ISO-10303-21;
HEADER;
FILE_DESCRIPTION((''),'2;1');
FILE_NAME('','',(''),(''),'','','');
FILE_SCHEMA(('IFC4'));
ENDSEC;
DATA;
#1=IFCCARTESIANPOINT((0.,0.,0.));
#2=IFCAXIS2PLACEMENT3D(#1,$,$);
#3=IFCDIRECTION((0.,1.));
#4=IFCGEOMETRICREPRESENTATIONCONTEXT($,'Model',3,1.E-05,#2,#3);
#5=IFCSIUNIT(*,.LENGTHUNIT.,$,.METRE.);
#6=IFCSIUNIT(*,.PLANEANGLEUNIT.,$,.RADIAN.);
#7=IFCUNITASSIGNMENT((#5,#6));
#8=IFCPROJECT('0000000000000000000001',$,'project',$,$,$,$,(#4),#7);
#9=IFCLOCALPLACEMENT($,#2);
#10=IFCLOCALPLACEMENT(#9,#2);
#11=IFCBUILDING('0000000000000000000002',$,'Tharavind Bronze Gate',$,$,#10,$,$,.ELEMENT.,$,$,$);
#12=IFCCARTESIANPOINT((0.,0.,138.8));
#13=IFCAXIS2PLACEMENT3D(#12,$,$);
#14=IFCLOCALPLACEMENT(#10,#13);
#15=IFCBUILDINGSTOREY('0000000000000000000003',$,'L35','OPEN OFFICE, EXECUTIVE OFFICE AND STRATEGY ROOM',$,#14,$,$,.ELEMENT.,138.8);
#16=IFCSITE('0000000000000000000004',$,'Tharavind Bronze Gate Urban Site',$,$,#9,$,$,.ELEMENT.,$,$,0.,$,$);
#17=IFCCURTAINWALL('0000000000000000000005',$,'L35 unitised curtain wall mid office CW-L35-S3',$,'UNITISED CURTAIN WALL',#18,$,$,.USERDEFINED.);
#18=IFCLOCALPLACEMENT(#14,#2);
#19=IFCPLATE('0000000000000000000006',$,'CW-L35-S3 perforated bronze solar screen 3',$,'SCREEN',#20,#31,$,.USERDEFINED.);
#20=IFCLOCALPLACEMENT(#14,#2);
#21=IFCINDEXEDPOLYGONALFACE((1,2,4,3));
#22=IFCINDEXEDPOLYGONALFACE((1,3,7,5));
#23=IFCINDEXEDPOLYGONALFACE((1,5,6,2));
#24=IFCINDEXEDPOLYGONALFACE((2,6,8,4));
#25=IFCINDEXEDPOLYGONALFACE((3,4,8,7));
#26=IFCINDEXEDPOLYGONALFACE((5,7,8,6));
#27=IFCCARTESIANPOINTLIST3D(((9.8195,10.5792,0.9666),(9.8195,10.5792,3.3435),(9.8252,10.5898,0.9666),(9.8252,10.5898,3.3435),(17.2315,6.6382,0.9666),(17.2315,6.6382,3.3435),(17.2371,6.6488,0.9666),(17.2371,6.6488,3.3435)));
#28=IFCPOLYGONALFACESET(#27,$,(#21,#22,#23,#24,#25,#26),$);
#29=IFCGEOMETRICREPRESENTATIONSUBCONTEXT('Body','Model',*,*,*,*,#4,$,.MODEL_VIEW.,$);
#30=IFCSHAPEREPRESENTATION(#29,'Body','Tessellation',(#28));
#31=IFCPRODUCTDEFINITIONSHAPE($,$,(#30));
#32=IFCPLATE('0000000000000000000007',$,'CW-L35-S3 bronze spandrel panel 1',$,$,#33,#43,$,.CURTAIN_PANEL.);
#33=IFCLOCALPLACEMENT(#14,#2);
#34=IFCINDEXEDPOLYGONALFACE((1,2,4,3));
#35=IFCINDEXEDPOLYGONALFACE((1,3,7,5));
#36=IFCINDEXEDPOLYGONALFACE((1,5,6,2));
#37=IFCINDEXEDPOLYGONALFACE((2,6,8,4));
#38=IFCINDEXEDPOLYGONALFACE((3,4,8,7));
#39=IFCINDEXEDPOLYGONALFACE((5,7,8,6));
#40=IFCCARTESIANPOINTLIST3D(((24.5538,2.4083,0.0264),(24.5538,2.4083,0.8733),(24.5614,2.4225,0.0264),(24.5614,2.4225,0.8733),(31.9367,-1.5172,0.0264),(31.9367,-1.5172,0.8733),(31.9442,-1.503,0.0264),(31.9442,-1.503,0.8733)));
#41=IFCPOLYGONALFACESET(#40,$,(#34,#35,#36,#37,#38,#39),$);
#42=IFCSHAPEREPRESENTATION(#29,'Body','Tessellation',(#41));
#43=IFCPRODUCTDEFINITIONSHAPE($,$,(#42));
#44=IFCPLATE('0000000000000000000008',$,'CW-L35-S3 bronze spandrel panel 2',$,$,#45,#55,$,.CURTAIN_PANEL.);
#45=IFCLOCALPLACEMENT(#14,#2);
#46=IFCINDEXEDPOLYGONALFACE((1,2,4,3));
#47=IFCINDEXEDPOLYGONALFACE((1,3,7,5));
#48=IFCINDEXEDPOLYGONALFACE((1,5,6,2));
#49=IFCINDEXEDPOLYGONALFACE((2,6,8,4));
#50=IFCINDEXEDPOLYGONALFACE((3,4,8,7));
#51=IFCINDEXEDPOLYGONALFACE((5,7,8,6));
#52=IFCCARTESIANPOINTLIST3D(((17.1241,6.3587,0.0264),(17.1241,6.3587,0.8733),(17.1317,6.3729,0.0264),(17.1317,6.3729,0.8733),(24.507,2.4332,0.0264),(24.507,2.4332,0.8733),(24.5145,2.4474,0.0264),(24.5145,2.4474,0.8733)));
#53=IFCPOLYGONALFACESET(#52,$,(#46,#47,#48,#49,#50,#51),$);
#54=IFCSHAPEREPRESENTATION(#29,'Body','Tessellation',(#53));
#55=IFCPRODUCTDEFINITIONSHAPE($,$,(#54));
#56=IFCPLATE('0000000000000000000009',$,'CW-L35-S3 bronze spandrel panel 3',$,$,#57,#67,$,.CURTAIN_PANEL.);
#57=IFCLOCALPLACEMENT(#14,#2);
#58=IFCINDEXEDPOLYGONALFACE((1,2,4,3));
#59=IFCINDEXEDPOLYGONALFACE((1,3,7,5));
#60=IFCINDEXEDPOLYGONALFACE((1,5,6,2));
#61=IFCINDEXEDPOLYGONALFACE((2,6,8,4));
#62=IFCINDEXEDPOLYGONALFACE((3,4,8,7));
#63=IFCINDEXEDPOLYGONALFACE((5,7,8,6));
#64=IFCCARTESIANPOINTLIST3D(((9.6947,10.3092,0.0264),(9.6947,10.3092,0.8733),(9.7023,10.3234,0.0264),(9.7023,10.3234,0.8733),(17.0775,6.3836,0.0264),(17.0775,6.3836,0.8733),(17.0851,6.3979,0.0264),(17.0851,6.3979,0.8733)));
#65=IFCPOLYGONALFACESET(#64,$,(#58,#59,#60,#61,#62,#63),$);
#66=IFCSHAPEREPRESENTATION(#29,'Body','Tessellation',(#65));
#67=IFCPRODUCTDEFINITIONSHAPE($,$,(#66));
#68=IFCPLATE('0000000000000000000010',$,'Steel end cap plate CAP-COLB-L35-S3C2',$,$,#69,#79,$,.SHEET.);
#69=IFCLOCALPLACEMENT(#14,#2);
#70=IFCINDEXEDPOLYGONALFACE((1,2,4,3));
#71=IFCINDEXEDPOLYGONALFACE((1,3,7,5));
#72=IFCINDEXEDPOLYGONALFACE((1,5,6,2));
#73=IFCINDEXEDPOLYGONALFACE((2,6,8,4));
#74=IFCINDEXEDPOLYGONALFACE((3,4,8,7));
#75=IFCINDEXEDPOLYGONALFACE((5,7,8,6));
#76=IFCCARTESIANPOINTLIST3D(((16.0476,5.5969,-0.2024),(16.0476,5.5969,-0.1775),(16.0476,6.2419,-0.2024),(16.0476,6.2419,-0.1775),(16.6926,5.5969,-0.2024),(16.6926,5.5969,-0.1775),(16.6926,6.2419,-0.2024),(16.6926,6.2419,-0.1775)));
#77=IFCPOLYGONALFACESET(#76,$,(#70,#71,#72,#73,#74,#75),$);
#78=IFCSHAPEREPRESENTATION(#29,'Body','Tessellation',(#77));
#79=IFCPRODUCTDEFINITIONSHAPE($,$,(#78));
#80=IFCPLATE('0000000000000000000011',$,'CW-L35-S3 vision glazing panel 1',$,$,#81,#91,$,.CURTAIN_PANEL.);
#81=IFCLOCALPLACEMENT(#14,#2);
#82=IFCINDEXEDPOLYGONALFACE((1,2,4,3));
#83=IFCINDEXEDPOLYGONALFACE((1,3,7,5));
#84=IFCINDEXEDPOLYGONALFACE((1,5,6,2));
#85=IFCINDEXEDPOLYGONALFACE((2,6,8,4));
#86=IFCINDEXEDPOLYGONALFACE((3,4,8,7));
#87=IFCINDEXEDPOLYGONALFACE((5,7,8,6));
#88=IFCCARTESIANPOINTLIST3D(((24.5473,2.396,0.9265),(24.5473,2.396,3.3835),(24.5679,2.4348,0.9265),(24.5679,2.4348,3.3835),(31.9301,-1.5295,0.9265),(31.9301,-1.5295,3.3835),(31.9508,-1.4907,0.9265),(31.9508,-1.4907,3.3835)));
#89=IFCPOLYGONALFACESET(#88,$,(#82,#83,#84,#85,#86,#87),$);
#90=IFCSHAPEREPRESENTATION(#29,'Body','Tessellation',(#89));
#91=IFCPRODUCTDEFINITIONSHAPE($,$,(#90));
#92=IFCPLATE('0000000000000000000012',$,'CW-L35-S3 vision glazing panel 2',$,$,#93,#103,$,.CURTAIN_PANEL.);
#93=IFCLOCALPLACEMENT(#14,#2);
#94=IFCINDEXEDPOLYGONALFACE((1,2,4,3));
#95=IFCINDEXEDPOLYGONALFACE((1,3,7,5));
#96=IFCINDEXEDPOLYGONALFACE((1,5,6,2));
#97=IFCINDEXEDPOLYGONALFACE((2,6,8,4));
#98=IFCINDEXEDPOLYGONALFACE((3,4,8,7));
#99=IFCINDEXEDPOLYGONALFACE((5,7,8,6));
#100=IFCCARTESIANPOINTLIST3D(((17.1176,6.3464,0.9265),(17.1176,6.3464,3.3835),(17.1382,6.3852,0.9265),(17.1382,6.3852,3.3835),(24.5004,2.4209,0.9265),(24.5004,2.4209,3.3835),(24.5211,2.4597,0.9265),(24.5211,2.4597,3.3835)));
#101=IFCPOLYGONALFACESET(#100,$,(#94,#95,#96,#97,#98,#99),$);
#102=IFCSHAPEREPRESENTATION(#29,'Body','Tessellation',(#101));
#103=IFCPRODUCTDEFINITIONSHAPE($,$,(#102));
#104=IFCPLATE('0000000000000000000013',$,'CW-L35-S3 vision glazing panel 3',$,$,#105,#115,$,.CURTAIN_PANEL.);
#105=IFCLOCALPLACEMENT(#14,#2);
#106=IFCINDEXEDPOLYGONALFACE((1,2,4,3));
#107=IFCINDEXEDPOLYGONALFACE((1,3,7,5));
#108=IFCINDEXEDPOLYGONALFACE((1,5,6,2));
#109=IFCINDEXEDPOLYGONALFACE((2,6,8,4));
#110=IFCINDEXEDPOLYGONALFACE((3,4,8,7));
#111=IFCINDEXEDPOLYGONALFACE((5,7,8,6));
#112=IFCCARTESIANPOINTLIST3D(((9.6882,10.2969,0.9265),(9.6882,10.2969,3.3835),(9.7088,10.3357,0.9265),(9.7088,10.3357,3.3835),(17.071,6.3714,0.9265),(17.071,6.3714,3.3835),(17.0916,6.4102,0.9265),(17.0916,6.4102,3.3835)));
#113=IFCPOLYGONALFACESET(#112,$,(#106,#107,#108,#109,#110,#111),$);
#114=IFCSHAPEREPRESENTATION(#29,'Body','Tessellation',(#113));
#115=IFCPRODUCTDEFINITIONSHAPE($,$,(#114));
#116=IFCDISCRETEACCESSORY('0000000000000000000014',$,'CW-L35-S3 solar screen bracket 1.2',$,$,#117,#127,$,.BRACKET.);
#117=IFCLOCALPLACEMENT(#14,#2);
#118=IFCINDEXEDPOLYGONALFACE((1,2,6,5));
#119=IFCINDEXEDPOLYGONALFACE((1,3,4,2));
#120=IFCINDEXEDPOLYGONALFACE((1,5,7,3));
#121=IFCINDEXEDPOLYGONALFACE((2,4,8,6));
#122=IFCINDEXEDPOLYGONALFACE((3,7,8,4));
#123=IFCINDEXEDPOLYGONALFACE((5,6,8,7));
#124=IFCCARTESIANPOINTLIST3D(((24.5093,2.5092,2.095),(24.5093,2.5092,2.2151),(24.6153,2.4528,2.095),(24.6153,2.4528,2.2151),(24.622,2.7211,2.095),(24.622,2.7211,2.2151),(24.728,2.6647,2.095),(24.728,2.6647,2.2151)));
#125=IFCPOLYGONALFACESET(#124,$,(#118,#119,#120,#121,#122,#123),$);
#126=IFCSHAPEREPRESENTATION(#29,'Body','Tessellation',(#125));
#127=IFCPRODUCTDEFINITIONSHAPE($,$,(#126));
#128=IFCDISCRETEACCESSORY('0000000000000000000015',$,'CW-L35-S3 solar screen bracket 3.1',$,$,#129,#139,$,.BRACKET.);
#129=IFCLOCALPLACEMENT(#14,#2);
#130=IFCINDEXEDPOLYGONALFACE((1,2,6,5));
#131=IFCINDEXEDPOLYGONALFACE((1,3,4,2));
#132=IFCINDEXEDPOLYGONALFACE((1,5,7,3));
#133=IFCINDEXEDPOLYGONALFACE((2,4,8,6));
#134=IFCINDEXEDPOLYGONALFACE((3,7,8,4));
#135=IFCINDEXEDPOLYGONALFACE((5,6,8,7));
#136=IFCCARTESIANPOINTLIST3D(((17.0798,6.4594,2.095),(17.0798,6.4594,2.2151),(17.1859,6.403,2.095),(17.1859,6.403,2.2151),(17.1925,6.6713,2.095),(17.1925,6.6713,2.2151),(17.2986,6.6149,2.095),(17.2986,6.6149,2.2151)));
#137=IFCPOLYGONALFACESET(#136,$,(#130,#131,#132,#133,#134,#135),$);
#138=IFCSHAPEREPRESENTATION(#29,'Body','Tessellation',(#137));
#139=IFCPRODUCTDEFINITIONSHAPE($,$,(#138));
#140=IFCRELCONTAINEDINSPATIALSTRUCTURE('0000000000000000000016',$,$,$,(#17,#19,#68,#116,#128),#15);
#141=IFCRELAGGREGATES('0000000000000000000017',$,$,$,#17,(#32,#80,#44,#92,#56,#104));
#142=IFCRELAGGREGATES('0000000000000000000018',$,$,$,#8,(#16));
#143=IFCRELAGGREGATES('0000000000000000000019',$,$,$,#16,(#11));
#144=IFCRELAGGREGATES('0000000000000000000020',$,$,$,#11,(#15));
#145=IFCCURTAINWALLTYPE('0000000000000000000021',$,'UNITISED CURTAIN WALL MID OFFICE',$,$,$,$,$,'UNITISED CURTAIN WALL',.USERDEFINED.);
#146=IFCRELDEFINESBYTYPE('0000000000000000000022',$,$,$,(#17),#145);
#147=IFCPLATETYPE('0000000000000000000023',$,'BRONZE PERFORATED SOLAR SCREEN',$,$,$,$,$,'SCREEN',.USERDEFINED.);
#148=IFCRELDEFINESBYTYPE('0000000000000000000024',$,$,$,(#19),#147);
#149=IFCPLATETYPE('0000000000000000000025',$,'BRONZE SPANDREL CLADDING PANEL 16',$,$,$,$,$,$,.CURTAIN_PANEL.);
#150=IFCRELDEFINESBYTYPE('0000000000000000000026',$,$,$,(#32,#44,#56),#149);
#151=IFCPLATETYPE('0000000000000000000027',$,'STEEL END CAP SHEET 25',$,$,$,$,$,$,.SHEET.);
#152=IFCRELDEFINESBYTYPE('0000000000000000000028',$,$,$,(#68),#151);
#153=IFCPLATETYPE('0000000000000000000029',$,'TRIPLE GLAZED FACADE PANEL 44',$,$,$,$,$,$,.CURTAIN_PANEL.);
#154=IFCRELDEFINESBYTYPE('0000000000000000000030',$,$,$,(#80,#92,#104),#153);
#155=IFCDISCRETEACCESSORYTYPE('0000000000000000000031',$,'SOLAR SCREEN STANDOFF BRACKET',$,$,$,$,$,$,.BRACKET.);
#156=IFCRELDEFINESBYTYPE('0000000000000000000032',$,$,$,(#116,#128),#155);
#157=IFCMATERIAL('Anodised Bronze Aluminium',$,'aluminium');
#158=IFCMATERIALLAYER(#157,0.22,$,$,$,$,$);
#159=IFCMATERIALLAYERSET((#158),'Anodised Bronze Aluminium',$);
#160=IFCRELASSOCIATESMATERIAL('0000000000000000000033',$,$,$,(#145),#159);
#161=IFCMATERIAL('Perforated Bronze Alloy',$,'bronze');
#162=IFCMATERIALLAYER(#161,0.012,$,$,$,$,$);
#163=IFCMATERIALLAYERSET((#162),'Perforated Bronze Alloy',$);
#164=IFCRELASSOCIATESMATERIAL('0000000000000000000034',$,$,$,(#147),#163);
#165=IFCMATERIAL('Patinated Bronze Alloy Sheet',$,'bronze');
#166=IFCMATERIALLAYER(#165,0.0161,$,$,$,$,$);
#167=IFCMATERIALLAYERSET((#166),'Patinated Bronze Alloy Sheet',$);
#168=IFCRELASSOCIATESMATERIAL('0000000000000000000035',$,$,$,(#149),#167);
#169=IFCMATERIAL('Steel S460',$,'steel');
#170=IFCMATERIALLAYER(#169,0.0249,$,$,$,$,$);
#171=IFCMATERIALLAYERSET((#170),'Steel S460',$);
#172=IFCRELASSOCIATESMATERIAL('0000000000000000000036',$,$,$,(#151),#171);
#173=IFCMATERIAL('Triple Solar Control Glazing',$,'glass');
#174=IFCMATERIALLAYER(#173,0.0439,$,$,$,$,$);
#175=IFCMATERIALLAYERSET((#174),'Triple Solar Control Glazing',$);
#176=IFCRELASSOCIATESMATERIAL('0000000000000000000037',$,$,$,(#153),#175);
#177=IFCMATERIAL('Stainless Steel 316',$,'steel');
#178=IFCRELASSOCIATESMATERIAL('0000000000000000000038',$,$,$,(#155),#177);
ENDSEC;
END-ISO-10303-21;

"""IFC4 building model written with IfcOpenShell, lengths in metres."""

from ifc_helpers import new_model, si_unit, direction, frame, origin, origin_2d, place, context, subcontext, project, spatial, rectangle, extrude, material, layer, layer_set, type_object, element, aggregate, save


model = new_model("IFC4")

# Units and contexts
model_context = context("Model", 3, precision=1e-05, world=origin(), true_north=direction((0.0, 1.0)))
body_context = subcontext(model_context, "Body", "Model", "MODEL_VIEW")
ifc_project = project(units=[si_unit("LENGTHUNIT", "METRE"), si_unit("PLANEANGLEUNIT", "RADIAN")], contexts=[model_context])

# Site, building, storey
site_placement = place(None, origin())
site = spatial("IfcSite", under=ifc_project, at=site_placement, Name="Tharavind Bronze Gate Urban Site", CompositionType="ELEMENT", RefElevation=0.0)
building_placement = place(site_placement, origin())
building = spatial("IfcBuilding", under=site, at=building_placement, Name="Tharavind Bronze Gate", CompositionType="ELEMENT")
storey_placement = place(building_placement, frame((0.0, 0.0, 138.8)))
storey = spatial("IfcBuildingStorey", under=building, at=storey_placement, Name="L35", Description="OPEN OFFICE, EXECUTIVE OFFICE AND STRATEGY ROOM", CompositionType="ELEMENT", Elevation=138.8)

# Shared definitions
ifc_material_1 = material(Name="Steel S460", Category="steel")

# Curtain wall
ifc_material_2 = material(Name="Anodised Bronze Aluminium", Category="aluminium")
ifc_layer_1 = layer(ifc_material_2, 0.22)
ifc_layer_set_1 = layer_set([ifc_layer_1], Name="Anodised Bronze Aluminium")
curtain_wall_type = type_object("IfcCurtainWallType", Name="UNITISED CURTAIN WALL MID OFFICE", ElementType="UNITISED CURTAIN WALL", PredefinedType="USERDEFINED", material=ifc_layer_set_1)
curtain_wall_placement = place(storey_placement, origin())
curtain_wall = element("IfcCurtainWall", 1, at=curtain_wall_placement, inside=storey, type_object=curtain_wall_type, Name="L35 unitised curtain wall mid office CW-L35-S3", ObjectType="UNITISED CURTAIN WALL", PredefinedType="USERDEFINED")

# Plate
ifc_material_3 = material(Name="Perforated Bronze Alloy", Category="bronze")
ifc_layer_2 = layer(ifc_material_3, 0.012)
ifc_layer_set_2 = layer_set([ifc_layer_2], Name="Perforated Bronze Alloy")
plate_type_1 = type_object("IfcPlateType", Name="BRONZE PERFORATED SOLAR SCREEN", ElementType="SCREEN", PredefinedType="USERDEFINED", material=ifc_layer_set_2)
for number, where, z_axis, x_axis, name in (
    (2, (13.5283, 8.614, 0.9666), (0.0, 0.0, 1.0), (-0.882948, 0.469472, 0.0), "CW-L35-S3 perforated bronze solar screen 3"),
):
    element("IfcPlate", number, at=place(storey_placement, frame(where, z_axis=z_axis, x_axis=x_axis)), inside=storey, type_object=plate_type_1, Name=name, ObjectType="SCREEN", PredefinedType="USERDEFINED", context=body_context, shape_type="SweptSolid", body=[
        extrude(rectangle(XDim=8.3945, YDim=0.012, at=origin_2d()), origin(), (0.0, 0.0, 1.0), 2.377),
    ])

# Plates
ifc_material_4 = material(Name="Patinated Bronze Alloy Sheet", Category="bronze")
ifc_layer_3 = layer(ifc_material_4, 0.0161)
ifc_layer_set_3 = layer_set([ifc_layer_3], Name="Patinated Bronze Alloy Sheet")
plate_type_2 = type_object("IfcPlateType", Name="BRONZE SPANDREL CLADDING PANEL 16", PredefinedType="CURTAIN_PANEL", material=ifc_layer_set_3)
plate_1_placement = place(storey_placement, frame((28.249, 0.4526, 0.0264), z_axis=(0.0, 0.0, 1.0), x_axis=(-0.882948, 0.469472, 0.0)))
plate_1 = element("IfcPlate", 3, at=plate_1_placement, type_object=plate_type_2, Name="CW-L35-S3 bronze spandrel panel 1", PredefinedType="CURTAIN_PANEL", context=body_context, shape_type="SweptSolid", body=[
    extrude(rectangle(XDim=8.3616, YDim=0.0161, at=origin_2d()), origin(), (0.0, 0.0, 1.0), 0.8469),
])
plate_2_placement = place(storey_placement, frame((20.8193, 4.4031, 0.0264), z_axis=(0.0, 0.0, 1.0), x_axis=(-0.882948, 0.469472, 0.0)))
plate_2 = element("IfcPlate", 4, at=plate_2_placement, type_object=plate_type_2, Name="CW-L35-S3 bronze spandrel panel 2", PredefinedType="CURTAIN_PANEL", context=body_context, shape_type="SweptSolid", body=[
    extrude(rectangle(XDim=8.3616, YDim=0.0161, at=origin_2d()), origin(), (0.0, 0.0, 1.0), 0.8469),
])
plate_3_placement = place(storey_placement, frame((13.3899, 8.3535, 0.0264), z_axis=(0.0, 0.0, 1.0), x_axis=(-0.882948, 0.469472, 0.0)))
plate_3 = element("IfcPlate", 5, at=plate_3_placement, type_object=plate_type_2, Name="CW-L35-S3 bronze spandrel panel 3", PredefinedType="CURTAIN_PANEL", context=body_context, shape_type="SweptSolid", body=[
    extrude(rectangle(XDim=8.3616, YDim=0.0161, at=origin_2d()), origin(), (0.0, 0.0, 1.0), 0.8469),
])
ifc_layer_4 = layer(ifc_material_1, 0.0249)
ifc_layer_set_4 = layer_set([ifc_layer_4], Name="Steel S460")
plate_type_3 = type_object("IfcPlateType", Name="STEEL END CAP SHEET 25", PredefinedType="SHEET", material=ifc_layer_set_4)
plate_4_placement = place(storey_placement, frame((16.3701, 5.9194, -0.2024), z_axis=(0.0, 0.0, 1.0), x_axis=(1.0, 0.0, 0.0)))
element("IfcPlate", 6, at=plate_4_placement, inside=storey, type_object=plate_type_3, Name="Steel end cap plate CAP-COLB-L35-S3C2", PredefinedType="SHEET", context=body_context, shape_type="SweptSolid", body=[
    extrude(rectangle(XDim=0.645, YDim=0.645, at=origin_2d()), origin(), (0.0, 0.0, 1.0), 0.0249),
])
ifc_material_5 = material(Name="Triple Solar Control Glazing", Category="glass")
ifc_layer_5 = layer(ifc_material_5, 0.0439)
ifc_layer_set_5 = layer_set([ifc_layer_5], Name="Triple Solar Control Glazing")
plate_type_4 = type_object("IfcPlateType", Name="TRIPLE GLAZED FACADE PANEL 44", PredefinedType="CURTAIN_PANEL", material=ifc_layer_set_5)
plate_5_placement = place(storey_placement, frame((28.249, 0.4526, 0.9265), z_axis=(0.0, 0.0, 1.0), x_axis=(-0.882948, 0.469472, 0.0)))
plate_5 = element("IfcPlate", 7, at=plate_5_placement, type_object=plate_type_4, Name="CW-L35-S3 vision glazing panel 1", PredefinedType="CURTAIN_PANEL", context=body_context, shape_type="SweptSolid", body=[
    extrude(rectangle(XDim=8.3616, YDim=0.0439, at=origin_2d()), origin(), (0.0, 0.0, 1.0), 2.457),
])
plate_6_placement = place(storey_placement, frame((20.8193, 4.4031, 0.9265), z_axis=(0.0, 0.0, 1.0), x_axis=(-0.882948, 0.469472, 0.0)))
plate_6 = element("IfcPlate", 8, at=plate_6_placement, type_object=plate_type_4, Name="CW-L35-S3 vision glazing panel 2", PredefinedType="CURTAIN_PANEL", context=body_context, shape_type="SweptSolid", body=[
    extrude(rectangle(XDim=8.3616, YDim=0.0439, at=origin_2d()), origin(), (0.0, 0.0, 1.0), 2.457),
])
plate_7_placement = place(storey_placement, frame((13.3899, 8.3535, 0.9265), z_axis=(0.0, 0.0, 1.0), x_axis=(-0.882948, 0.469472, 0.0)))
plate_7 = element("IfcPlate", 9, at=plate_7_placement, type_object=plate_type_4, Name="CW-L35-S3 vision glazing panel 3", PredefinedType="CURTAIN_PANEL", context=body_context, shape_type="SweptSolid", body=[
    extrude(rectangle(XDim=8.3616, YDim=0.0439, at=origin_2d()), origin(), (0.0, 0.0, 1.0), 2.457),
])
aggregate(curtain_wall, [plate_1, plate_5, plate_2, plate_6, plate_3, plate_7])

# Discrete accessories
ifc_material_6 = material(Name="Stainless Steel 316", Category="steel")
discrete_accessory_type = type_object("IfcDiscreteAccessoryType", Name="SOLAR SCREEN STANDOFF BRACKET", PredefinedType="BRACKET", material=ifc_material_6)
for number, where, z_axis, x_axis, name in (
    (10, (24.6187, 2.5869, 2.095), (0.0, 0.0, 1.0), (-0.882948, 0.469472, 0.0), "CW-L35-S3 solar screen bracket 1.2"),
    (11, (17.1892, 6.5371, 2.095), (0.0, 0.0, 1.0), (-0.882948, 0.469472, 0.0), "CW-L35-S3 solar screen bracket 3.1"),
):
    element("IfcDiscreteAccessory", number, at=place(storey_placement, frame(where, z_axis=z_axis, x_axis=x_axis)), inside=storey, type_object=discrete_accessory_type, Name=name, PredefinedType="BRACKET", context=body_context, shape_type="SweptSolid", body=[
        extrude(rectangle(XDim=0.1201, YDim=0.24, at=origin_2d()), origin(), (0.0, 0.0, 1.0), 0.1201),
    ])

save(model, "model.ifc")
